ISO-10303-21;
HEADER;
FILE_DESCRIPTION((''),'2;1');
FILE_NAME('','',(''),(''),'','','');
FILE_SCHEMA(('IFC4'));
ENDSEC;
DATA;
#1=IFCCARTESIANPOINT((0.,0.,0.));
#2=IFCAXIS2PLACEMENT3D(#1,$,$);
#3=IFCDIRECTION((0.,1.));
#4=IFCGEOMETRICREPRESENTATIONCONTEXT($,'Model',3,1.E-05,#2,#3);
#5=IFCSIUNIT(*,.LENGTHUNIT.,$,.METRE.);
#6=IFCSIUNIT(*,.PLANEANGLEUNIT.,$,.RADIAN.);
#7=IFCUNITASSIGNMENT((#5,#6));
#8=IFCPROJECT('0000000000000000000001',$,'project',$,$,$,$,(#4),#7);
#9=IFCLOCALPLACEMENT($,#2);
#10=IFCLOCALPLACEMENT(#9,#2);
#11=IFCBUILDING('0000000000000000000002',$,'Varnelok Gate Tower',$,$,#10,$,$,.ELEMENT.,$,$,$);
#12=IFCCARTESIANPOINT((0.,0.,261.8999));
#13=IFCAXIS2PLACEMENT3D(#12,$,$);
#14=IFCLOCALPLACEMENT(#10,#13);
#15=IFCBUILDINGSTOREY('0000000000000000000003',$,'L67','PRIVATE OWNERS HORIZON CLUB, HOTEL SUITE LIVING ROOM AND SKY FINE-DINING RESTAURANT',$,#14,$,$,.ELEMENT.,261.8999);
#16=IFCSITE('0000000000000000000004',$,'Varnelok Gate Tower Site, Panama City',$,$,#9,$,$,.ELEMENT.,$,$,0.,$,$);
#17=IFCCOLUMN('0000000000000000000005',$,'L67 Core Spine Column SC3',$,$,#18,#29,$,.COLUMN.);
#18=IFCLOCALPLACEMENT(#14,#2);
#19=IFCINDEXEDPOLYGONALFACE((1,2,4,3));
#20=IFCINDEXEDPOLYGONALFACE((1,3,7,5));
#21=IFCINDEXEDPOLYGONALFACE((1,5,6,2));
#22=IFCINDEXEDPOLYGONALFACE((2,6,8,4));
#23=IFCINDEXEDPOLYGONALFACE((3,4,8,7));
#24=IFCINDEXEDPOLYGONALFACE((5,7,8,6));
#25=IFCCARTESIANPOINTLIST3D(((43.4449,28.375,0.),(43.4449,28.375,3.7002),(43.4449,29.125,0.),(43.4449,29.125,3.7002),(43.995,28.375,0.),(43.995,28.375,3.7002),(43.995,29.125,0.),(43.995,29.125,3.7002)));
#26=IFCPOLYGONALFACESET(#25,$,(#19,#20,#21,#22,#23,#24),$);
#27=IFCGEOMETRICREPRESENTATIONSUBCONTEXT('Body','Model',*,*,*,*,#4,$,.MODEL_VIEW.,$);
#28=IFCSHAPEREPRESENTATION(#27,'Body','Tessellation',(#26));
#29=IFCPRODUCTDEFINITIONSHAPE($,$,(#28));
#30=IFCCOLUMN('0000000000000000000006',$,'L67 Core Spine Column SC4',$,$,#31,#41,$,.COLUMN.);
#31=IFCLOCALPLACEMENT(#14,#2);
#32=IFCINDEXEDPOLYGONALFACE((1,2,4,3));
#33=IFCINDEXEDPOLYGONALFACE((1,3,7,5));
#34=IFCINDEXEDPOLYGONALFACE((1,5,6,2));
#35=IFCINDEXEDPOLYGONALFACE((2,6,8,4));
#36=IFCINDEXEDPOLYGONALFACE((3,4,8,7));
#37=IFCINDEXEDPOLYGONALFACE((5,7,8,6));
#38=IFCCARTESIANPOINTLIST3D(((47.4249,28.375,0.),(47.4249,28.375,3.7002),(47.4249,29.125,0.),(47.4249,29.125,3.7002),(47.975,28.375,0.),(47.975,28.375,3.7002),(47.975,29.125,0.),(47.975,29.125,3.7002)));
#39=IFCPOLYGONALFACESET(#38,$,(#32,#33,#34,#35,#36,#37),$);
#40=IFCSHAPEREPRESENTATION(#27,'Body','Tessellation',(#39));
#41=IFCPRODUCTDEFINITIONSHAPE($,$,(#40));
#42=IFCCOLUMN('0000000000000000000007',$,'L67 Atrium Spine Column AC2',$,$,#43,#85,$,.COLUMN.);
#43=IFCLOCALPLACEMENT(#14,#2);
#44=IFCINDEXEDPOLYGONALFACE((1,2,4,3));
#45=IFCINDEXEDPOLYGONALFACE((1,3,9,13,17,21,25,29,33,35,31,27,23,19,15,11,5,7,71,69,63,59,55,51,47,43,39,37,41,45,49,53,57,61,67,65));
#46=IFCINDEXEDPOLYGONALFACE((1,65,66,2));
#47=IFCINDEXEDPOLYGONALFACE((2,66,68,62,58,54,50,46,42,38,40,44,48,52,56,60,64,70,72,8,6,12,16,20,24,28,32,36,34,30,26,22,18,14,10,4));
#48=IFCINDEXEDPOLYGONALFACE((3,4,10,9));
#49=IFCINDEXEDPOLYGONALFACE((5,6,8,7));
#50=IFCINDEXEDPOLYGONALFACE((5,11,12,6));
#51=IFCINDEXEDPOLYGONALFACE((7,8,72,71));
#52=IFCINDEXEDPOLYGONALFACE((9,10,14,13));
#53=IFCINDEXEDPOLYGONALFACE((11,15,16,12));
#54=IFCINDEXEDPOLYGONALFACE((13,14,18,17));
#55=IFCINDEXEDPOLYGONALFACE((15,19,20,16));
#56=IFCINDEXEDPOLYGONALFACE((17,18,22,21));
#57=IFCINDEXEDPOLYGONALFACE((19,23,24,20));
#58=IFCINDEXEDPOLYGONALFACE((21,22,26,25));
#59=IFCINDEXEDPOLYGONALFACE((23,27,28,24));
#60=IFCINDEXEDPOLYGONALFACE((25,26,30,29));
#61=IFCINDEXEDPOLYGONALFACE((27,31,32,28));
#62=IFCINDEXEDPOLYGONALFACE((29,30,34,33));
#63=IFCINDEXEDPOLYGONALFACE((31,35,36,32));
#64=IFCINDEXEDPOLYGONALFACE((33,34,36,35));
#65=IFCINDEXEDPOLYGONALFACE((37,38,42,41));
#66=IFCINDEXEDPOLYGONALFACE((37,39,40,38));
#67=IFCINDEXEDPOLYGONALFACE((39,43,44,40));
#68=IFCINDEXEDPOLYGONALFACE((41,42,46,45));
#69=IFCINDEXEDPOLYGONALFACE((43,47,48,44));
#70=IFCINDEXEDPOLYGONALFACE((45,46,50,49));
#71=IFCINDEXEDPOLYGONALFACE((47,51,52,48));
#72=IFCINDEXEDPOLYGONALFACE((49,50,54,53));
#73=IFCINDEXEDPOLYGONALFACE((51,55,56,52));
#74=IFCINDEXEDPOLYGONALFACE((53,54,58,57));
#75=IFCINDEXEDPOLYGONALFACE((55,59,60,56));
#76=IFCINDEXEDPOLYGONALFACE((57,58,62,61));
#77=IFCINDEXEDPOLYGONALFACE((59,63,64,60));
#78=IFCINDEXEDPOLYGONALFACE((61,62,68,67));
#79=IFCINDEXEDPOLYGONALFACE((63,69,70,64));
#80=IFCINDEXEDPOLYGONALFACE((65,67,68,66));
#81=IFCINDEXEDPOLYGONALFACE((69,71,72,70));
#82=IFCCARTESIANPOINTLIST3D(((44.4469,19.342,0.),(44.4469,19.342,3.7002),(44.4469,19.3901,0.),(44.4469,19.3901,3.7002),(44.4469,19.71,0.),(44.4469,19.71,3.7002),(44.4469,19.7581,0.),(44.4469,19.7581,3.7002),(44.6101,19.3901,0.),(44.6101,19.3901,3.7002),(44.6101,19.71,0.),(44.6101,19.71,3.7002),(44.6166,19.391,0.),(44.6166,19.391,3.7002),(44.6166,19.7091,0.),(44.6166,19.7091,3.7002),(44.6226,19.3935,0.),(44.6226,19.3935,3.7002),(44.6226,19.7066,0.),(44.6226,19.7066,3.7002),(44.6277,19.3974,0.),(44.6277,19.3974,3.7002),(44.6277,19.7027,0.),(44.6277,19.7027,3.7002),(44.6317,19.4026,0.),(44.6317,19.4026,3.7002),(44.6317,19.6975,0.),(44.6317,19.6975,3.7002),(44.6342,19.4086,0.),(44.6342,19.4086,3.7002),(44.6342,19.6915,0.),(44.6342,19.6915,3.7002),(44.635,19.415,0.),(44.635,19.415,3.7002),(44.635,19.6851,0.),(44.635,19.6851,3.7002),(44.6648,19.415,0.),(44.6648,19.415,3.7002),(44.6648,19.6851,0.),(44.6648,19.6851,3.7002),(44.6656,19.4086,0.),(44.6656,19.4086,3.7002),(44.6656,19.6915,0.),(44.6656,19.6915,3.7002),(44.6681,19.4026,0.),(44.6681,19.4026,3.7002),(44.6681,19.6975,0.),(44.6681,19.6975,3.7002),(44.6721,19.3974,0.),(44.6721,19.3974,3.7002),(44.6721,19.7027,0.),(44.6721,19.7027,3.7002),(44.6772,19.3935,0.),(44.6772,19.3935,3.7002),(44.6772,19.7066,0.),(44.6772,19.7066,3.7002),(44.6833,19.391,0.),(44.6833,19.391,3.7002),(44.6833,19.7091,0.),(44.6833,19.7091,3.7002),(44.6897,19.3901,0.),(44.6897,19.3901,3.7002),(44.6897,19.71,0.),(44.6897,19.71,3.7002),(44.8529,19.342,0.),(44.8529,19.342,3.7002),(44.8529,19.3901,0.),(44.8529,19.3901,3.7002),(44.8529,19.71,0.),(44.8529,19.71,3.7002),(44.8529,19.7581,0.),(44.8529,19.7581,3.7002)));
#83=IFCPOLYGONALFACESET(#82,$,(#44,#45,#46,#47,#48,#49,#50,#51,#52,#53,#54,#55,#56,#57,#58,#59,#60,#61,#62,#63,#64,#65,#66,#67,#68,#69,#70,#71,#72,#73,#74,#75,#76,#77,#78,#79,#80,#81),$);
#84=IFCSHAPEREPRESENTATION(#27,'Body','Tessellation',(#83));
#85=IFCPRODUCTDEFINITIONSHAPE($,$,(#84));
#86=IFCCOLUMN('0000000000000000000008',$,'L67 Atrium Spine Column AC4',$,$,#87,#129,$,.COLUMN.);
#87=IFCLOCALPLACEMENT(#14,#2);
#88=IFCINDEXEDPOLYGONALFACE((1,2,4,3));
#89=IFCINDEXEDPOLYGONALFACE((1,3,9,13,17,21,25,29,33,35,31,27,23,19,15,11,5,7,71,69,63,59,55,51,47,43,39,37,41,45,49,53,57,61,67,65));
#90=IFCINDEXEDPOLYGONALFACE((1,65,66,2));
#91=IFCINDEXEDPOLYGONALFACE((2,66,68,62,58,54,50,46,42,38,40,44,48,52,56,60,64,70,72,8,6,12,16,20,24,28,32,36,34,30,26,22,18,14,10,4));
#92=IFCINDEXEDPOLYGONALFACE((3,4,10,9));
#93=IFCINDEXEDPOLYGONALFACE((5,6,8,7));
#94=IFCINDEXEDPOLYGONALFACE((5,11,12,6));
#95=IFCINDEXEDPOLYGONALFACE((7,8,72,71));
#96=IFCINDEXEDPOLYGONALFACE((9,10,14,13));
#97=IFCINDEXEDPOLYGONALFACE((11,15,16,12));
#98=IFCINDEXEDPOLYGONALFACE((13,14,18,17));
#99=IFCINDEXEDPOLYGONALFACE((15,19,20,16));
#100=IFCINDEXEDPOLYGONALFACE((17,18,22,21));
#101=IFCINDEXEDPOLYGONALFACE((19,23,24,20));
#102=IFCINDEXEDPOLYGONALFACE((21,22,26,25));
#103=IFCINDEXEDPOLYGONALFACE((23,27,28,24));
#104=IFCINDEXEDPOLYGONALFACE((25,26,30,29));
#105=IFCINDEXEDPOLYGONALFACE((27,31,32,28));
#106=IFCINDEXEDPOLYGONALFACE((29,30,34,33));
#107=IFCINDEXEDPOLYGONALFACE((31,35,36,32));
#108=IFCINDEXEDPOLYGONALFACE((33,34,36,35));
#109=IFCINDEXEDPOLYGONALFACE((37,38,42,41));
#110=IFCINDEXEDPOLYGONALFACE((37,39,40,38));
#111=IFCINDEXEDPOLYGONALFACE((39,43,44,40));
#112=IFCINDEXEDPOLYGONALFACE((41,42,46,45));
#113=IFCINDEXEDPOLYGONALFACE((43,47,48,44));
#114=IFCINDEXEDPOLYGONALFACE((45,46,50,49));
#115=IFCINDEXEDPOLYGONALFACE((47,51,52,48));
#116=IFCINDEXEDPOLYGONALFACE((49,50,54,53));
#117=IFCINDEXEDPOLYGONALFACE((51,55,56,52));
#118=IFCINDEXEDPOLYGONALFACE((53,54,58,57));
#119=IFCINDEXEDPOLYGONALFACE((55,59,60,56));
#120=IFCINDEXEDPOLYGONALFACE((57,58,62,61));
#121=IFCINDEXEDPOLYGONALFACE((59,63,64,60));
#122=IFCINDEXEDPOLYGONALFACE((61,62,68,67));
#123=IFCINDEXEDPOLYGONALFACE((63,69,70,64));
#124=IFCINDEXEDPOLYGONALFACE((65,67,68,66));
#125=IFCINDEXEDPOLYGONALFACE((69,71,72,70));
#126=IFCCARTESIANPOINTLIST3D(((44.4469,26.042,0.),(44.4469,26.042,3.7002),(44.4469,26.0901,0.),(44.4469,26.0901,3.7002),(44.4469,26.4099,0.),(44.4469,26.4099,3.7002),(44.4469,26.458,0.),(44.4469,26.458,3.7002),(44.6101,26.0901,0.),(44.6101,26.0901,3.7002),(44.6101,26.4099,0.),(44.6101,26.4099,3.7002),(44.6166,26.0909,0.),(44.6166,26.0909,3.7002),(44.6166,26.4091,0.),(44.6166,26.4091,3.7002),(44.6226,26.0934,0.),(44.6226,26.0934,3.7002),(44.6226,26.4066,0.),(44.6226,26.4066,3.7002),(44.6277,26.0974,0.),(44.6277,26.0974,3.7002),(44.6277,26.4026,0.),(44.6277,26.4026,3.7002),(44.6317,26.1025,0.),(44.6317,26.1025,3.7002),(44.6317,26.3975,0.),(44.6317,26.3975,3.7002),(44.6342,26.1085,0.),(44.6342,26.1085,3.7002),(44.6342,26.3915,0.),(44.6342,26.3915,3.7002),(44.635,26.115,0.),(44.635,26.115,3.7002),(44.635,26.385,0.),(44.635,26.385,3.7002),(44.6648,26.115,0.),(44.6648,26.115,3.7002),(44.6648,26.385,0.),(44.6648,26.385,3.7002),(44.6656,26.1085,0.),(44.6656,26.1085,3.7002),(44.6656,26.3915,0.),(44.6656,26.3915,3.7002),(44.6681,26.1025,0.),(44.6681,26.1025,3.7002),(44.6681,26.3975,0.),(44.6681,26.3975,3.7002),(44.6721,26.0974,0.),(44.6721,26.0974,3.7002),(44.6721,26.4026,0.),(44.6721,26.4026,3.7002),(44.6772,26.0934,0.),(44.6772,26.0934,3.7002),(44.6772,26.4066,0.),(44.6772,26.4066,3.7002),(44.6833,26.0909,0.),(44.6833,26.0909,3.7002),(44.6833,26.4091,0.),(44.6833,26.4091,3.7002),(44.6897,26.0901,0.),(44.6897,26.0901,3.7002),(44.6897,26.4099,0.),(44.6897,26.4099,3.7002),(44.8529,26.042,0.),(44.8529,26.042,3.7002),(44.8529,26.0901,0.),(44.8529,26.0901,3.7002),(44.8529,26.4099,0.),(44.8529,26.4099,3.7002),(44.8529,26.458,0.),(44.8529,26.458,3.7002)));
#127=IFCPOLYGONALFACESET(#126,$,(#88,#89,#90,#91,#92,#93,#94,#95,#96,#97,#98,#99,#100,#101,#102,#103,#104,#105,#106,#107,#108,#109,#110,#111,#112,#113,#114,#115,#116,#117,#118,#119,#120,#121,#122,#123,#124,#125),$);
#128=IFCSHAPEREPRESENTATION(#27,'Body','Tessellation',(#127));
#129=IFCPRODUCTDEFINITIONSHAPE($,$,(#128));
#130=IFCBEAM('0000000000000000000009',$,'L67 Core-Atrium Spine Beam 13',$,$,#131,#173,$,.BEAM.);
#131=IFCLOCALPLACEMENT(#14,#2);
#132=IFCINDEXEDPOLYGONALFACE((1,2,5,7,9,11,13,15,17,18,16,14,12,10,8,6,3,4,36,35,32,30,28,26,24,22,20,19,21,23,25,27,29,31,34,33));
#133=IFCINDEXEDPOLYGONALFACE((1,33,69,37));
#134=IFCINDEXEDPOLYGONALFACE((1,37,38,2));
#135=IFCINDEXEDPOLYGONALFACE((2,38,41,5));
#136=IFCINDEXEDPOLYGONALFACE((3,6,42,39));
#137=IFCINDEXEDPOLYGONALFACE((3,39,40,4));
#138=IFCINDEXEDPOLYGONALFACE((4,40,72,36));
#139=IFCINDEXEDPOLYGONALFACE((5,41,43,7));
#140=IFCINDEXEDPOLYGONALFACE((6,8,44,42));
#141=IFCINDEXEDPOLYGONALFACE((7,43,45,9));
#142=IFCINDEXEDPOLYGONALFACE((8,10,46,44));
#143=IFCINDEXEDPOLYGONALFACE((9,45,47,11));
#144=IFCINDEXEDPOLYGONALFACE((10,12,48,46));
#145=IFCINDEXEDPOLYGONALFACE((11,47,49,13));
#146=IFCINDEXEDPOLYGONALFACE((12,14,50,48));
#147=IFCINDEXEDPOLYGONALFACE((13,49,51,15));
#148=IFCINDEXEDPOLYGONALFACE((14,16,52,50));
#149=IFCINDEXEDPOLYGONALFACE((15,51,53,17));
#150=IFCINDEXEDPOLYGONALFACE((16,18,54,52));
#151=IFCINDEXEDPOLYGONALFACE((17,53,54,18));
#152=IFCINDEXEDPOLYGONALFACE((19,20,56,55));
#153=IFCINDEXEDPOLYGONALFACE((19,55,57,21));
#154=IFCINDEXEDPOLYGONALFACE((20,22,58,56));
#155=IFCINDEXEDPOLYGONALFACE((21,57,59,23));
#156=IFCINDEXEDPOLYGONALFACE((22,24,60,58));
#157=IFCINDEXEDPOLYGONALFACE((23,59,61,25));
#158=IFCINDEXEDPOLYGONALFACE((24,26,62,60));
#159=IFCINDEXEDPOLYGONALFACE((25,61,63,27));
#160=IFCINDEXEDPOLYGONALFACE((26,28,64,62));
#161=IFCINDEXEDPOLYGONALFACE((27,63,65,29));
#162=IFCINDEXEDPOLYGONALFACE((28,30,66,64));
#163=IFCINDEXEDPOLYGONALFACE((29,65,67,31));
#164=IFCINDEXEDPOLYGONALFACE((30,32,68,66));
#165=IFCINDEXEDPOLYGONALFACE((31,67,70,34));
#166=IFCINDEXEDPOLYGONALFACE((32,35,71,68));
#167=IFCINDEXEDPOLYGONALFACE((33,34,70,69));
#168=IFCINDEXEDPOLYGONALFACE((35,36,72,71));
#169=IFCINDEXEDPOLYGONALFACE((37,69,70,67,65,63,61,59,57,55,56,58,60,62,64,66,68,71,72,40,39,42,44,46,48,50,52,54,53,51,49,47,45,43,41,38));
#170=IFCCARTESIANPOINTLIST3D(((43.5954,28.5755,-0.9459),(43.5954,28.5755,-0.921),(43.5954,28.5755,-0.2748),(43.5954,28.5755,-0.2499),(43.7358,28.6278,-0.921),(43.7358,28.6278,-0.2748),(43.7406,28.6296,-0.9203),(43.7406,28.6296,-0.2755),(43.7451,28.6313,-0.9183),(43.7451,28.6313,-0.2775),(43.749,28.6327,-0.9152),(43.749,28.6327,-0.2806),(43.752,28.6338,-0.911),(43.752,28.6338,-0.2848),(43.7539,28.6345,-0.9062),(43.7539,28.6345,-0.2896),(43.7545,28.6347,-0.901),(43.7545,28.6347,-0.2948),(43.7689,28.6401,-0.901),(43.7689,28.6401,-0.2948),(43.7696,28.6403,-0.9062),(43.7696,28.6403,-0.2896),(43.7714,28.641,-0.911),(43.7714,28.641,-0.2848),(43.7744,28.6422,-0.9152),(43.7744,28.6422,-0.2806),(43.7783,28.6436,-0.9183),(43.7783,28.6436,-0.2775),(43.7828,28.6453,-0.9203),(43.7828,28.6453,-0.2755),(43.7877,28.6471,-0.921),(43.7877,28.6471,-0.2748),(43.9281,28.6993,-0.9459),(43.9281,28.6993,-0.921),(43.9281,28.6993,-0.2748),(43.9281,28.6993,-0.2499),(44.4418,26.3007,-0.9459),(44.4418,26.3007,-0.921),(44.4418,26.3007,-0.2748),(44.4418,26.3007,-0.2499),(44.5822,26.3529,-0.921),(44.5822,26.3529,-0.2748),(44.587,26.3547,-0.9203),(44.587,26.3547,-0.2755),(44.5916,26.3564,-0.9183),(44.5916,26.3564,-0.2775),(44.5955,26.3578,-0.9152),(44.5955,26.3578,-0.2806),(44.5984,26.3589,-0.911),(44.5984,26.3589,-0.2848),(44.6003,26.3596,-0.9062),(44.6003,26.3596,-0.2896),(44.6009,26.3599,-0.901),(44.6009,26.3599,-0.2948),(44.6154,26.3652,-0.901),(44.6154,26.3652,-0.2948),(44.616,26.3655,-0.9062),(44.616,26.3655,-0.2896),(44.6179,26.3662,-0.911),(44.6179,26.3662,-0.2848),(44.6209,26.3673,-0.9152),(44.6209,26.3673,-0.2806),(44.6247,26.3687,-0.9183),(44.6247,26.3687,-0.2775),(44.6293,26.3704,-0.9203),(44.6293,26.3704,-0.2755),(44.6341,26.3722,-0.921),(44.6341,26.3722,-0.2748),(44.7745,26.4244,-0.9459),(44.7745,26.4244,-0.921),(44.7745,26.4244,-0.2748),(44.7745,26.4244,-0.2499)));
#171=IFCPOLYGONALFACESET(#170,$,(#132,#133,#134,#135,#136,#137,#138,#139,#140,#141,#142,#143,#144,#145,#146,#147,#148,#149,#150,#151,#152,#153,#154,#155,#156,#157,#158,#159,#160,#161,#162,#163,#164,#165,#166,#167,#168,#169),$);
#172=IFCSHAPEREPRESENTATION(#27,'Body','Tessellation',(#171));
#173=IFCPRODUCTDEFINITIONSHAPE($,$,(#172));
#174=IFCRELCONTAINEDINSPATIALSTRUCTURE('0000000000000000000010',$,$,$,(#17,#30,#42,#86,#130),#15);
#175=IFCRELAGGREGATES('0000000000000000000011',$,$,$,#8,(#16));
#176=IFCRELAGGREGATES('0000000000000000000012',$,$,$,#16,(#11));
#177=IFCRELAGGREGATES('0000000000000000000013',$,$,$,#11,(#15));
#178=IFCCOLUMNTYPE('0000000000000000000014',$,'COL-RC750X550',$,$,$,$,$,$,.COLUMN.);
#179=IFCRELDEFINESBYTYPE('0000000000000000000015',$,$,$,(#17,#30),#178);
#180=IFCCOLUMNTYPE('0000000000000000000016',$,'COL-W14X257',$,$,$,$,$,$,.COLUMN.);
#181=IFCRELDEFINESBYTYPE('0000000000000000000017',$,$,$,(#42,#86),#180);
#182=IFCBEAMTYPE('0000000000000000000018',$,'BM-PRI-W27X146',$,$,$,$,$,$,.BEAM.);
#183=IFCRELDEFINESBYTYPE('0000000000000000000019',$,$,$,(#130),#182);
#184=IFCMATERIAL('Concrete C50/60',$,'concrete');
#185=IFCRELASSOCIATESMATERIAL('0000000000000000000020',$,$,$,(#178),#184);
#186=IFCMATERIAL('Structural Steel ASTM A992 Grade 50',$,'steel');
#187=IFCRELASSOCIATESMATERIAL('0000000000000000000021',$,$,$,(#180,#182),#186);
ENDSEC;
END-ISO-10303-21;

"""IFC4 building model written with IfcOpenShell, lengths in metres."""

from ifc_helpers import new_model, si_unit, direction, frame, origin, origin_2d, place, context, subcontext, project, spatial, rectangle, i_section, extrude, material, material_profile, profile_set, type_object, element, save


model = new_model("IFC4")

# Units and contexts
model_context = context("Model", 3, precision=1e-05, world=origin(), true_north=direction((0.0, 1.0)))
body_context = subcontext(model_context, "Body", "Model", "MODEL_VIEW")
ifc_project = project(units=[si_unit("LENGTHUNIT", "METRE"), si_unit("PLANEANGLEUNIT", "RADIAN")], contexts=[model_context])

# Site, building, storey
site_placement = place(None, origin())
site = spatial("IfcSite", under=ifc_project, at=site_placement, Name="Varnelok Gate Tower Site, Panama City", CompositionType="ELEMENT", RefElevation=0.0)
building_placement = place(site_placement, origin())
building = spatial("IfcBuilding", under=site, at=building_placement, Name="Varnelok Gate Tower", CompositionType="ELEMENT")
storey_placement = place(building_placement, frame((0.0, 0.0, 261.8999)))
storey = spatial("IfcBuildingStorey", under=building, at=storey_placement, Name="L67", Description="PRIVATE OWNERS HORIZON CLUB, HOTEL SUITE LIVING ROOM AND SKY FINE-DINING RESTAURANT", CompositionType="ELEMENT", Elevation=261.8999)

# Columns
ifc_material_1 = material(Name="Concrete C50/60", Category="concrete")
ifc_material_profile_1 = material_profile(ifc_material_1, rectangle(XDim=0.55, YDim=0.75, at=origin_2d()), Name="RC750X550")
ifc_profile_set_1 = profile_set([ifc_material_profile_1], Name="Concrete C50/60")
column_type_1 = type_object("IfcColumnType", Name="COL-RC750X550", PredefinedType="COLUMN", material=ifc_profile_set_1)
for number, where, z_axis, x_axis, name in (
    (1, (43.72, 28.75, 0.0), (0.0, 0.0, 1.0), (1.0, 0.0, 0.0), "L67 Core Spine Column SC3"),
    (2, (47.7, 28.75, 0.0), (0.0, 0.0, 1.0), (1.0, 0.0, 0.0), "L67 Core Spine Column SC4"),
):
    element("IfcColumn", number, at=place(storey_placement, frame(where, z_axis=z_axis, x_axis=x_axis)), inside=storey, type_object=column_type_1, Name=name, PredefinedType="COLUMN", context=body_context, shape_type="SweptSolid", body=[
        extrude(rectangle(XDim=0.55, YDim=0.75, at=origin_2d()), origin(), (0.0, 0.0, 1.0), 3.7002),
    ])
ifc_material_2 = material(Name="Structural Steel ASTM A992 Grade 50", Category="steel")
ifc_material_profile_2 = material_profile(ifc_material_2, i_section(OverallWidth=0.406, OverallDepth=0.416, WebThickness=0.0298, FlangeThickness=0.0481, FilletRadius=0.0249, at=origin_2d()), Name="W14X257")
ifc_profile_set_2 = profile_set([ifc_material_profile_2], Name="Structural Steel ASTM A992 Grade 50")
column_type_2 = type_object("IfcColumnType", Name="COL-W14X257", PredefinedType="COLUMN", material=ifc_profile_set_2)
for number, where, z_axis, x_axis, name in (
    (3, (44.6499, 19.55, 0.0), (0.0, 0.0, 1.0), (1.0, 0.0, 0.0), "L67 Atrium Spine Column AC2"),
    (4, (44.6499, 26.25, 0.0), (0.0, 0.0, 1.0), (1.0, 0.0, 0.0), "L67 Atrium Spine Column AC4"),
):
    element("IfcColumn", number, at=place(storey_placement, frame(where, z_axis=z_axis, x_axis=x_axis)), inside=storey, type_object=column_type_2, Name=name, PredefinedType="COLUMN", context=body_context, shape_type="SweptSolid", body=[
        extrude(i_section(OverallWidth=0.406, OverallDepth=0.416, WebThickness=0.0298, FlangeThickness=0.0481, FilletRadius=0.0249, at=origin_2d()), origin(), (0.0, 0.0, 1.0), 3.7002),
    ])

# Beam
ifc_material_profile_3 = material_profile(ifc_material_2, i_section(OverallWidth=0.355, OverallDepth=0.696, WebThickness=0.0154, FlangeThickness=0.0249, FilletRadius=0.02, at=origin_2d()), Name="W27X146")
ifc_profile_set_3 = profile_set([ifc_material_profile_3], Name="Structural Steel ASTM A992 Grade 50")
beam_type_1 = type_object("IfcBeamType", Name="BM-PRI-W27X146", PredefinedType="BEAM", material=ifc_profile_set_3)
beam_1_placement = place(storey_placement, frame((44.6082, 26.3625, -0.5979), z_axis=(-0.348719, 0.937227, 0.0), x_axis=(-0.937227, -0.348719, 0.0)))
element("IfcBeam", 5, at=beam_1_placement, inside=storey, type_object=beam_type_1, Name="L67 Core-Atrium Spine Beam 13", PredefinedType="BEAM", context=body_context, shape_type="SweptSolid", body=[
    extrude(i_section(OverallWidth=0.355, OverallDepth=0.696, WebThickness=0.0154, FlangeThickness=0.0249, FilletRadius=0.02, at=origin_2d()), origin(), (0.0, 0.0, 1.0), 2.4272),
])

save(model, "model.ifc")
